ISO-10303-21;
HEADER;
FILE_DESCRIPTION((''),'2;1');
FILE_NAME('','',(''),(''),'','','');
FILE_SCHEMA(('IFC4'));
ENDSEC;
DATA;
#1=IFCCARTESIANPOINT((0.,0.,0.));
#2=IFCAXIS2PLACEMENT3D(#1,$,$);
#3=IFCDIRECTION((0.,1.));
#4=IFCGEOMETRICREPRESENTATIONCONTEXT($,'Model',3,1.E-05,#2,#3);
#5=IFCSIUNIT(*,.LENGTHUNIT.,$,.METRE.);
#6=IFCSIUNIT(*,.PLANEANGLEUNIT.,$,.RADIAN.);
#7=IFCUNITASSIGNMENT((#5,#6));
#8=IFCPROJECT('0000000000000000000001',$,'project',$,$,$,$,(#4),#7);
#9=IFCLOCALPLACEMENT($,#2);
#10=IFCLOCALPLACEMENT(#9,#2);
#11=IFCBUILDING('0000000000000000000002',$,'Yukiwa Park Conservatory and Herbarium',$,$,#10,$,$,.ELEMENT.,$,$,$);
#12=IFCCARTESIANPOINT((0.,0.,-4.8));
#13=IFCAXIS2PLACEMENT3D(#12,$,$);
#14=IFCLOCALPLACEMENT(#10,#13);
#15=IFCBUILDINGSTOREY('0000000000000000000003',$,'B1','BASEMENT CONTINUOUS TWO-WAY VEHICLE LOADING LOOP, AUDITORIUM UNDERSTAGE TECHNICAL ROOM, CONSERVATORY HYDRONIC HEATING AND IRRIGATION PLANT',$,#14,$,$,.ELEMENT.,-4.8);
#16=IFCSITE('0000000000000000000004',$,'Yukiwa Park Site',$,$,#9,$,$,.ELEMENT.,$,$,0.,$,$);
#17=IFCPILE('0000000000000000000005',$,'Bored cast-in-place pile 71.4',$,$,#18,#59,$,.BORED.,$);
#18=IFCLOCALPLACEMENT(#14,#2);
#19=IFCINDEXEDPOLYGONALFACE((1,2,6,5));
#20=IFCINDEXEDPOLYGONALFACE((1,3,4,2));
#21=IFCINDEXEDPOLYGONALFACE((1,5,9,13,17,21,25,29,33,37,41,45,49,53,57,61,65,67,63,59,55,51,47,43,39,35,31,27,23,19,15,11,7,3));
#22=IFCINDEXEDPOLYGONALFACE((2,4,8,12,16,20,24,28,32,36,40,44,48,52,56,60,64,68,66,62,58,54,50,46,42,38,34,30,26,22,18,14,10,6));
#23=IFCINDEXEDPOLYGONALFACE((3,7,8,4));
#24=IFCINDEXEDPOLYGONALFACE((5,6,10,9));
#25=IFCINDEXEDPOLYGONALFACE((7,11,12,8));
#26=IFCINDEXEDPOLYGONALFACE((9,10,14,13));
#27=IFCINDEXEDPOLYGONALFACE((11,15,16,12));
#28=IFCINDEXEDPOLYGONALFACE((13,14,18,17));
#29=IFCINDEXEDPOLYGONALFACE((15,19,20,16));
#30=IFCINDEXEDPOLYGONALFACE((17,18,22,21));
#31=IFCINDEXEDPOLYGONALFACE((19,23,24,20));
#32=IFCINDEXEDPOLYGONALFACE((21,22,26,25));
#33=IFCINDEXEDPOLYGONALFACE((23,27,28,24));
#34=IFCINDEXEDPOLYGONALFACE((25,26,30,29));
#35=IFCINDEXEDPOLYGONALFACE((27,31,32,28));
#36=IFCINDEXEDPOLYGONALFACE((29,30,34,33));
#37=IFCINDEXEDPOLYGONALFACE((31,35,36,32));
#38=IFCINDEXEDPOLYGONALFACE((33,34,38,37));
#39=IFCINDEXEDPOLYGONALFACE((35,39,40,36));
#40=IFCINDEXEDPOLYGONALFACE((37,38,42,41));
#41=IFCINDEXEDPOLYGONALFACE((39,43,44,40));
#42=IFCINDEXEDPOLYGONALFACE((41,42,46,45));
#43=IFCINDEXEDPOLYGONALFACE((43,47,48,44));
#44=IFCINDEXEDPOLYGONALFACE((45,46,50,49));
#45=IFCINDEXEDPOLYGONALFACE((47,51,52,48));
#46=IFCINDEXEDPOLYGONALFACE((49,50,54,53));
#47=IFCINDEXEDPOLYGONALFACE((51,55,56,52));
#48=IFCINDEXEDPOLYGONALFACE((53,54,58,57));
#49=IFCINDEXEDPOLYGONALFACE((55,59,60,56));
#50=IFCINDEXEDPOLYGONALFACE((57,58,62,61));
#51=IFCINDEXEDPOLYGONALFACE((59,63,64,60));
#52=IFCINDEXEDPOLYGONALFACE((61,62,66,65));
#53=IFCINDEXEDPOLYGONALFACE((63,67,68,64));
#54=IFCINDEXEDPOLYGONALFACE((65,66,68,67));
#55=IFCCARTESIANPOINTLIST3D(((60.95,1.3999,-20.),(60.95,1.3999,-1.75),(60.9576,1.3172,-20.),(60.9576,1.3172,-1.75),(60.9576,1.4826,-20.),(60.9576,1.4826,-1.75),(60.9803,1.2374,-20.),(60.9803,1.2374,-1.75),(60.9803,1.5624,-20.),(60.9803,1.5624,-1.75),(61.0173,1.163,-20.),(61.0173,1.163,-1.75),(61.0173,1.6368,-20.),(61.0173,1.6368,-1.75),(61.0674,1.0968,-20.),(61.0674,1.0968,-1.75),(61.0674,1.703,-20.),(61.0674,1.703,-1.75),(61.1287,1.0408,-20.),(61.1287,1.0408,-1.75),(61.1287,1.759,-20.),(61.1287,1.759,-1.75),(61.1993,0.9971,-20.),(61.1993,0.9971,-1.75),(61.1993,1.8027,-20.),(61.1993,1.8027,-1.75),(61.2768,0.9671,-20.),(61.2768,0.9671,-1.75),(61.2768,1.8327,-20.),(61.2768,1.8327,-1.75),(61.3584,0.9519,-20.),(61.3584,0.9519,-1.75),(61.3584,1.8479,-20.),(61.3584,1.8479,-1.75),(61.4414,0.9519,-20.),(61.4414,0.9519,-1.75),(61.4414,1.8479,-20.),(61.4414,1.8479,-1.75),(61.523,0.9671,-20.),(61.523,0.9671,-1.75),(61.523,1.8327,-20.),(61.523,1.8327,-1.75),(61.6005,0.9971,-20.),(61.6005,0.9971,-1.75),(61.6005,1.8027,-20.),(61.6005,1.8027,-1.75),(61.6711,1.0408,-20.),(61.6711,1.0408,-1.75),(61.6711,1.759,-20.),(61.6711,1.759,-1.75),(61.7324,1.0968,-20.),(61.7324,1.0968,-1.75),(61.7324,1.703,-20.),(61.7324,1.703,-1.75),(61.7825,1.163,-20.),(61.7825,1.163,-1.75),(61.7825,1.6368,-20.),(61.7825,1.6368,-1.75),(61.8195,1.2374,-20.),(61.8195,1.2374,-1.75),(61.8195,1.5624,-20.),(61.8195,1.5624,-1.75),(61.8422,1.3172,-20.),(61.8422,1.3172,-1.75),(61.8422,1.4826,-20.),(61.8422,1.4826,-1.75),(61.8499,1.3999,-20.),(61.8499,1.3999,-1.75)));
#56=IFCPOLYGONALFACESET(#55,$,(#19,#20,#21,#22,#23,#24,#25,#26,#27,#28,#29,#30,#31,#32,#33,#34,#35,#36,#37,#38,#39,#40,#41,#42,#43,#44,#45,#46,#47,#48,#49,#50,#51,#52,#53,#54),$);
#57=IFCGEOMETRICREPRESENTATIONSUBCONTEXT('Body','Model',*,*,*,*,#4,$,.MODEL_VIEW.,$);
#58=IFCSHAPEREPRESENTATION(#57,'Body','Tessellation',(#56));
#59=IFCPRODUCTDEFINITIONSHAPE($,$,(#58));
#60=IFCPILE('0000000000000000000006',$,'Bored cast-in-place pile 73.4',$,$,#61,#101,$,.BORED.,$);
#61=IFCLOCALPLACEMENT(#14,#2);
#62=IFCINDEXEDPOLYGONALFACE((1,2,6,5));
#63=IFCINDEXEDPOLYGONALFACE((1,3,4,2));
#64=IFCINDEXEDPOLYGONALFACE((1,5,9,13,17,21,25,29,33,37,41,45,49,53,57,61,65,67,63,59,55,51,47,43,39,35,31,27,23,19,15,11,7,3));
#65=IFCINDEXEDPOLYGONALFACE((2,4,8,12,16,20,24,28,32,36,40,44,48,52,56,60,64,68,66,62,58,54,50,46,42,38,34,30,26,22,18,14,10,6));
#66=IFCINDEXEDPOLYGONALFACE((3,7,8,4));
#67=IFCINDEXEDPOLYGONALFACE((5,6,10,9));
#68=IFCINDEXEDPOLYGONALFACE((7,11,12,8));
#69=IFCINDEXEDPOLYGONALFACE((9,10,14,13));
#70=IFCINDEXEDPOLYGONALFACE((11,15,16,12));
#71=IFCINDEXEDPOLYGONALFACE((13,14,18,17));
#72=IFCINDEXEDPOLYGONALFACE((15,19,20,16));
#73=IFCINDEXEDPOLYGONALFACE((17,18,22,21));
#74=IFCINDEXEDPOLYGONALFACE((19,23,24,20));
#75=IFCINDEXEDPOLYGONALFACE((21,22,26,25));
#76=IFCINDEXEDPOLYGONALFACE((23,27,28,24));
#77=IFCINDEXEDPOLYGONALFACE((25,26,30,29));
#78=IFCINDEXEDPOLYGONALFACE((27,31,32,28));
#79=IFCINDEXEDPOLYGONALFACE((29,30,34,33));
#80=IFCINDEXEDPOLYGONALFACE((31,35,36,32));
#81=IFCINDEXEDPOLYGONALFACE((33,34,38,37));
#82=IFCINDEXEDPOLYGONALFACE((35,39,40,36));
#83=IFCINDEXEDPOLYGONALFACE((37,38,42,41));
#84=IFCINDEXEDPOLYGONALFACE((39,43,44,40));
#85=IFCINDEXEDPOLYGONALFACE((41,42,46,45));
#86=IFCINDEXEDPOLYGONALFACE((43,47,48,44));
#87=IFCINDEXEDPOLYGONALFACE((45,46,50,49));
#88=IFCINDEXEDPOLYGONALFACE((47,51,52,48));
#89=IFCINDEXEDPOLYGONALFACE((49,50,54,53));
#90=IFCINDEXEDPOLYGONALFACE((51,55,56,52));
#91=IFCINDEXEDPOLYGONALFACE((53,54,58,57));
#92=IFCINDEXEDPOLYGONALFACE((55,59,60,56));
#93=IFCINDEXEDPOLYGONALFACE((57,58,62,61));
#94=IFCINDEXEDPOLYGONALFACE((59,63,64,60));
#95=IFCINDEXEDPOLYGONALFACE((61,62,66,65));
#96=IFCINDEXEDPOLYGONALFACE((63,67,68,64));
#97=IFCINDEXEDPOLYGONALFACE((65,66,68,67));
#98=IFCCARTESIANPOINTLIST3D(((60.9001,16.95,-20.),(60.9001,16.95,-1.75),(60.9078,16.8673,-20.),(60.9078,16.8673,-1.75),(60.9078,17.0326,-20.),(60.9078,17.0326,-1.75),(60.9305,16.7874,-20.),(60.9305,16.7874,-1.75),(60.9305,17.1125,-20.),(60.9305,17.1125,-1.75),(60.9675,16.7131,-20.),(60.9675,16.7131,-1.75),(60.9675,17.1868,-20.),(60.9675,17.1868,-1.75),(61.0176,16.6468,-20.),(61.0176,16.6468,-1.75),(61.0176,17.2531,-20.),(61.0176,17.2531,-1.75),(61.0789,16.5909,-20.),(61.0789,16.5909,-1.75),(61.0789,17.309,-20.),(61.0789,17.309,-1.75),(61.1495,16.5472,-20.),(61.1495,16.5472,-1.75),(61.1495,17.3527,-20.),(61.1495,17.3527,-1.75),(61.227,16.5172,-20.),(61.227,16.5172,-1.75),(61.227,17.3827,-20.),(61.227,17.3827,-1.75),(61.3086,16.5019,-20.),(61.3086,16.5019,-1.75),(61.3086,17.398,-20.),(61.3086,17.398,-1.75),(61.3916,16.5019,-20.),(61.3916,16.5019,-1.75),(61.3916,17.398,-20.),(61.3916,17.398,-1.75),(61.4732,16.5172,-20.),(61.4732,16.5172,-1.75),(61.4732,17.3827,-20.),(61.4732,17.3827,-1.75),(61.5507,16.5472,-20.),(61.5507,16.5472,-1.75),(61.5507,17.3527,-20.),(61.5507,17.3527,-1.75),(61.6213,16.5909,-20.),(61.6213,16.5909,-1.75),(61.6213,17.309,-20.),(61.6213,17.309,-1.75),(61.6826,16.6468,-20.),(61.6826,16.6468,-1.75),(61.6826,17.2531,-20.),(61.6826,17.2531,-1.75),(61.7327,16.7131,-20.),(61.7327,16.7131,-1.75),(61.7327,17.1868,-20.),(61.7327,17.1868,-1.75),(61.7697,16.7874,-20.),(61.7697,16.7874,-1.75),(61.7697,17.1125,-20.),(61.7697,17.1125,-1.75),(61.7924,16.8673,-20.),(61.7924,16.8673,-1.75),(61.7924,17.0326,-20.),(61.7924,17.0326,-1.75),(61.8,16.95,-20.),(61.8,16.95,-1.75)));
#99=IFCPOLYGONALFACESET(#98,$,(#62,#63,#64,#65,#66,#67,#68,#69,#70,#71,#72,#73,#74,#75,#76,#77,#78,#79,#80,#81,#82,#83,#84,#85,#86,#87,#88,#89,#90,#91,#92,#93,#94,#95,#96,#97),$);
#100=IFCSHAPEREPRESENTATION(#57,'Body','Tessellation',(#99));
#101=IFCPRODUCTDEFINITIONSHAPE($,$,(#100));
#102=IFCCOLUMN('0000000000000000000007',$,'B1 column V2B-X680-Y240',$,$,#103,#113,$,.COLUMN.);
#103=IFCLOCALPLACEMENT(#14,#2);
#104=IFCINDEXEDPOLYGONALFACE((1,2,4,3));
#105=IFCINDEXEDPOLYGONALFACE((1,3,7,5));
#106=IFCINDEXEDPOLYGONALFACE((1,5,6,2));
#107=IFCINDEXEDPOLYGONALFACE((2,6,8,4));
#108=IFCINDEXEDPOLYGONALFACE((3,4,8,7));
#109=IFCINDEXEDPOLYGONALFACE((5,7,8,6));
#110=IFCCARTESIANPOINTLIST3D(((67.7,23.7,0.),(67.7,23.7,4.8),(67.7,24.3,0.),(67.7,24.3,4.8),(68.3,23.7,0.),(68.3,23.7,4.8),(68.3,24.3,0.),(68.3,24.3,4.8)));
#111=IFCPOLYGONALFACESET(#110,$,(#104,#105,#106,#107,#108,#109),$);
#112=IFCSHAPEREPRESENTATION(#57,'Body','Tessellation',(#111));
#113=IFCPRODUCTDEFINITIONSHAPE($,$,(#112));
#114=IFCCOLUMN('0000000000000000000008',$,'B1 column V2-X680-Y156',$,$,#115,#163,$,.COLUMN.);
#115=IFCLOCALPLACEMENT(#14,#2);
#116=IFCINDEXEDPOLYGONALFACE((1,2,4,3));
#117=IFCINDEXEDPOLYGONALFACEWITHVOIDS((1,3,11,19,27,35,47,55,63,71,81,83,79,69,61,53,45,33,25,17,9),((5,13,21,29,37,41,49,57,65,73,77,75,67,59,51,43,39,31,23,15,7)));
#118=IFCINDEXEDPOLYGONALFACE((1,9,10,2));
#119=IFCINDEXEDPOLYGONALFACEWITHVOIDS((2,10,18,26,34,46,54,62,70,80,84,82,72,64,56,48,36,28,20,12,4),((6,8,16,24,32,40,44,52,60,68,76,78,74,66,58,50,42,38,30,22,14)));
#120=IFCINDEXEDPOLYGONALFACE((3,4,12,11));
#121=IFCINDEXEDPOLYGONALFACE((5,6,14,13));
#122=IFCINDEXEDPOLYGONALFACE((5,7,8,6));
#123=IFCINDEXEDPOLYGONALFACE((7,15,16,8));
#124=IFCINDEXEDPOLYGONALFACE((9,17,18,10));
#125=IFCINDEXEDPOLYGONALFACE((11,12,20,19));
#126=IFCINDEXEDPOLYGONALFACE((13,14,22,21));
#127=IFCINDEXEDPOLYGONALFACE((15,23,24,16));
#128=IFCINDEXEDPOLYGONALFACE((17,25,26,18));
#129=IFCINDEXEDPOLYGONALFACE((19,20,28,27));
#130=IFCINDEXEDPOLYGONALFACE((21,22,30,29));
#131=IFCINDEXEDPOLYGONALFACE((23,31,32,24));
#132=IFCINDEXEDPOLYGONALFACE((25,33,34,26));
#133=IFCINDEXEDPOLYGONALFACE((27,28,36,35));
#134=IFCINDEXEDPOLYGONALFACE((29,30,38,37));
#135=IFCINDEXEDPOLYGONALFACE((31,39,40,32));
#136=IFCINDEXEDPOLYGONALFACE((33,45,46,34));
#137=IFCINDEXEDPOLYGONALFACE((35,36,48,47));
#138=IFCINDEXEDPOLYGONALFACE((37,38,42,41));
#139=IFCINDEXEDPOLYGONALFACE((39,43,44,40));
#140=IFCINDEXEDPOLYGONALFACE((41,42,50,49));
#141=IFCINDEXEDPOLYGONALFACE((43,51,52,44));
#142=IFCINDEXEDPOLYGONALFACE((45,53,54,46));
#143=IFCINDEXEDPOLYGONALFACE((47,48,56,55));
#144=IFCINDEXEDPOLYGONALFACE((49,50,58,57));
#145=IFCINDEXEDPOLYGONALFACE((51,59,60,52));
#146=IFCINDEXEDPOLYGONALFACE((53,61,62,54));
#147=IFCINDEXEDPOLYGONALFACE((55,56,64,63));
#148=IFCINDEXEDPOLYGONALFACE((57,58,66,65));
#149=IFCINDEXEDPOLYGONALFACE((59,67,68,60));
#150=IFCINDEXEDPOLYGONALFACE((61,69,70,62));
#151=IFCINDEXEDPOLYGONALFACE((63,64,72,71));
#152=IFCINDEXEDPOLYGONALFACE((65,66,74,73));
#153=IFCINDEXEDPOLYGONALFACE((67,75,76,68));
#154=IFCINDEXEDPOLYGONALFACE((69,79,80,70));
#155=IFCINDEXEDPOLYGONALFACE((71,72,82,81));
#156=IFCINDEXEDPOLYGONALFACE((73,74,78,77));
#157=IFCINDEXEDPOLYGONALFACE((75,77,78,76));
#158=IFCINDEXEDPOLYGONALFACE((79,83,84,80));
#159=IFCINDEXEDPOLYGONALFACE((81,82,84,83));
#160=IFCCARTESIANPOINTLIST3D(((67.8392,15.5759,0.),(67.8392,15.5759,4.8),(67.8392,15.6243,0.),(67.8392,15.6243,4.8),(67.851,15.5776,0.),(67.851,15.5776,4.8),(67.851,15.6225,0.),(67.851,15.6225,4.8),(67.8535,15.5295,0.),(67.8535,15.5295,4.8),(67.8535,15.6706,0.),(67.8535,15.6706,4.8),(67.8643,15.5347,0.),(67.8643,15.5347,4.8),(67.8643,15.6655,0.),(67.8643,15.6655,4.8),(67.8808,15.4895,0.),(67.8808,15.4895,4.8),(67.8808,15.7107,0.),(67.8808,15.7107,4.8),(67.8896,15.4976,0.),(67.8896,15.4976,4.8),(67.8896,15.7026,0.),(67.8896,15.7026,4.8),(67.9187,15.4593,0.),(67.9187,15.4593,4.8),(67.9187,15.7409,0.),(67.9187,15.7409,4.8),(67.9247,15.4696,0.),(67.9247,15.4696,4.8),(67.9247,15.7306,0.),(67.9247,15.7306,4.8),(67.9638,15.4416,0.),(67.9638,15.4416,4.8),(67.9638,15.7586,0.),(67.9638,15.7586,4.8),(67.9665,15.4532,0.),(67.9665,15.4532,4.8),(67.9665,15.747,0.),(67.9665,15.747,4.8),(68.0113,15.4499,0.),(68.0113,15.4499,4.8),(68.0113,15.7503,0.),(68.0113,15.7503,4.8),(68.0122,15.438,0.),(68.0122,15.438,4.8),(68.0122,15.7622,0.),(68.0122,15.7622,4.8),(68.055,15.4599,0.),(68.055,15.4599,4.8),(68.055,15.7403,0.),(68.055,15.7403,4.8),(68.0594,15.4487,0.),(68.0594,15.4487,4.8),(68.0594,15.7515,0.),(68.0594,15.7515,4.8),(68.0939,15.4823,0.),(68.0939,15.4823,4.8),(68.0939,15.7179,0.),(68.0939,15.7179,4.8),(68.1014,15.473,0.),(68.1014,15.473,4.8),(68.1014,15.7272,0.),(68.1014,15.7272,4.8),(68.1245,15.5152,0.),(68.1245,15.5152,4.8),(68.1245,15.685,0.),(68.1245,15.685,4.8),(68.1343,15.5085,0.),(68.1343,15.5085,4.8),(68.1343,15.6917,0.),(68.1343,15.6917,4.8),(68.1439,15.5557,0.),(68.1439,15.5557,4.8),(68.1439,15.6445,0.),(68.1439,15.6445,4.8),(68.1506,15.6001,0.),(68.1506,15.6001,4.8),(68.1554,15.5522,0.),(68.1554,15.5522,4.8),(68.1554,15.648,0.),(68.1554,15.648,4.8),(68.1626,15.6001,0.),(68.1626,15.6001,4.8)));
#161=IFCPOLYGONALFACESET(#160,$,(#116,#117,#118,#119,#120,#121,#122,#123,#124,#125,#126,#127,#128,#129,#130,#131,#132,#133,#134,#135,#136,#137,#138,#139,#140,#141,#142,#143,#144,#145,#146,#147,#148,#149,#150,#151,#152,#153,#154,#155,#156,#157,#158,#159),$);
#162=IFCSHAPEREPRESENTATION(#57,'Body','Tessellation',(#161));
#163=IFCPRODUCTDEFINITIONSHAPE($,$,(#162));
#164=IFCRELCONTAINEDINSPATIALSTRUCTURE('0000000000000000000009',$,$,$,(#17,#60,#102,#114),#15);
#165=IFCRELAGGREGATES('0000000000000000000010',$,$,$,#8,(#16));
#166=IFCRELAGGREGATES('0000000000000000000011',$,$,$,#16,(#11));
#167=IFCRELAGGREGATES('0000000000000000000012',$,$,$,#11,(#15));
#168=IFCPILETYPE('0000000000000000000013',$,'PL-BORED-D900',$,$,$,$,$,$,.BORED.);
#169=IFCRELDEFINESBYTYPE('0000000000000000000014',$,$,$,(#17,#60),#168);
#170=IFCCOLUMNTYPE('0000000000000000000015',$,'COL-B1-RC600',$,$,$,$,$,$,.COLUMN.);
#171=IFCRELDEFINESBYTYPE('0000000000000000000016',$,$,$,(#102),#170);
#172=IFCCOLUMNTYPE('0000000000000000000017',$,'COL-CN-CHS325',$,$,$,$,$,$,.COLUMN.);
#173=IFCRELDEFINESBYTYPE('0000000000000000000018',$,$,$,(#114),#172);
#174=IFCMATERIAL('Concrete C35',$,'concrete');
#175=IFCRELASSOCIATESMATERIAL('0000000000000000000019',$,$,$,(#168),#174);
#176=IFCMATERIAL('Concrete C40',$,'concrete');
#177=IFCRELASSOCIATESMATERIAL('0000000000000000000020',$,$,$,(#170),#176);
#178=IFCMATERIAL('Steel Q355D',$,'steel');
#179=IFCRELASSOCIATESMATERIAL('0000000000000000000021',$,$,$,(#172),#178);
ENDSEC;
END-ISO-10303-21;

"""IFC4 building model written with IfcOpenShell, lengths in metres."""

from ifc_helpers import new_model, si_unit, direction, frame, origin, origin_2d, place, context, subcontext, project, spatial, rectangle, circle, hollow_circle, extrude, material, material_profile, profile_set, type_object, element, save


model = new_model("IFC4")

# Units and contexts
model_context = context("Model", 3, precision=1e-05, world=origin(), true_north=direction((0.0, 1.0)))
body_context = subcontext(model_context, "Body", "Model", "MODEL_VIEW")
ifc_project = project(units=[si_unit("LENGTHUNIT", "METRE"), si_unit("PLANEANGLEUNIT", "RADIAN")], contexts=[model_context])

# Site, building, storey
site_placement = place(None, origin())
site = spatial("IfcSite", under=ifc_project, at=site_placement, Name="Yukiwa Park Site", CompositionType="ELEMENT", RefElevation=0.0)
building_placement = place(site_placement, origin())
building = spatial("IfcBuilding", under=site, at=building_placement, Name="Yukiwa Park Conservatory and Herbarium", CompositionType="ELEMENT")
storey_placement = place(building_placement, frame((0.0, 0.0, -4.8)))
storey = spatial("IfcBuildingStorey", under=building, at=storey_placement, Name="B1", Description="BASEMENT CONTINUOUS TWO-WAY VEHICLE LOADING LOOP, AUDITORIUM UNDERSTAGE TECHNICAL ROOM, CONSERVATORY HYDRONIC HEATING AND IRRIGATION PLANT", CompositionType="ELEMENT", Elevation=-4.8)

# Piles
ifc_material_1 = material(Name="Concrete C35", Category="concrete")
ifc_material_profile_1 = material_profile(ifc_material_1, circle(Radius=0.45, at=origin_2d()), Name="PILE D900")
ifc_profile_set_1 = profile_set([ifc_material_profile_1], Name="Concrete C35")
pile_type_1 = type_object("IfcPileType", Name="PL-BORED-D900", PredefinedType="BORED", material=ifc_profile_set_1)
for number, where, z_axis, x_axis, name in (
    (1, (61.3999, 1.3999, -1.75), (0.0, 0.0, -1.0), (1.0, 0.0, 0.0), "Bored cast-in-place pile 71.4"),
    (2, (61.3501, 16.95, -1.75), (0.0, 0.0, -1.0), (1.0, 0.0, 0.0), "Bored cast-in-place pile 73.4"),
):
    element("IfcPile", number, at=place(storey_placement, frame(where, z_axis=z_axis, x_axis=x_axis)), inside=storey, type_object=pile_type_1, Name=name, PredefinedType="BORED", context=body_context, shape_type="SweptSolid", body=[
        extrude(circle(Radius=0.45, at=origin_2d()), origin(), (0.0, 0.0, 1.0), 18.25),
    ])

# Columns
ifc_material_2 = material(Name="Concrete C40", Category="concrete")
ifc_material_profile_2 = material_profile(ifc_material_2, rectangle(XDim=0.6001, YDim=0.6001, at=origin_2d()), Name="RC 600x600")
ifc_profile_set_2 = profile_set([ifc_material_profile_2], Name="Concrete C40")
column_type_1 = type_object("IfcColumnType", Name="COL-B1-RC600", PredefinedType="COLUMN", material=ifc_profile_set_2)
column_placement = place(storey_placement, frame((68.0, 24.0, 0.0), z_axis=(0.0, 0.0, 1.0), x_axis=(1.0, 0.0, 0.0)))
element("IfcColumn", 3, at=column_placement, inside=storey, type_object=column_type_1, Name="B1 column V2B-X680-Y240", PredefinedType="COLUMN", context=body_context, shape_type="SweptSolid", body=[
    extrude(rectangle(XDim=0.6001, YDim=0.6001, at=origin_2d()), origin(), (0.0, 0.0, 1.0), 4.8),
])
ifc_material_3 = material(Name="Steel Q355D", Category="steel")
ifc_material_profile_3 = material_profile(ifc_material_3, hollow_circle(Radius=0.1626, WallThickness=0.012, at=origin_2d()), Name="CHS 325x12")
ifc_profile_set_3 = profile_set([ifc_material_profile_3], Name="Steel Q355D")
column_type_2 = type_object("IfcColumnType", Name="COL-CN-CHS325", PredefinedType="COLUMN", material=ifc_profile_set_3)
for number, where, z_axis, x_axis, name in (
    (4, (68.0, 15.6001, 0.0), (0.0, 0.0, 1.0), (1.0, 0.0, 0.0), "B1 column V2-X680-Y156"),
):
    element("IfcColumn", number, at=place(storey_placement, frame(where, z_axis=z_axis, x_axis=x_axis)), inside=storey, type_object=column_type_2, Name=name, PredefinedType="COLUMN", context=body_context, shape_type="SweptSolid", body=[
        extrude(hollow_circle(Radius=0.1626, WallThickness=0.012, at=origin_2d()), origin(), (0.0, 0.0, 1.0), 4.8),
    ])

save(model, "model.ifc")
